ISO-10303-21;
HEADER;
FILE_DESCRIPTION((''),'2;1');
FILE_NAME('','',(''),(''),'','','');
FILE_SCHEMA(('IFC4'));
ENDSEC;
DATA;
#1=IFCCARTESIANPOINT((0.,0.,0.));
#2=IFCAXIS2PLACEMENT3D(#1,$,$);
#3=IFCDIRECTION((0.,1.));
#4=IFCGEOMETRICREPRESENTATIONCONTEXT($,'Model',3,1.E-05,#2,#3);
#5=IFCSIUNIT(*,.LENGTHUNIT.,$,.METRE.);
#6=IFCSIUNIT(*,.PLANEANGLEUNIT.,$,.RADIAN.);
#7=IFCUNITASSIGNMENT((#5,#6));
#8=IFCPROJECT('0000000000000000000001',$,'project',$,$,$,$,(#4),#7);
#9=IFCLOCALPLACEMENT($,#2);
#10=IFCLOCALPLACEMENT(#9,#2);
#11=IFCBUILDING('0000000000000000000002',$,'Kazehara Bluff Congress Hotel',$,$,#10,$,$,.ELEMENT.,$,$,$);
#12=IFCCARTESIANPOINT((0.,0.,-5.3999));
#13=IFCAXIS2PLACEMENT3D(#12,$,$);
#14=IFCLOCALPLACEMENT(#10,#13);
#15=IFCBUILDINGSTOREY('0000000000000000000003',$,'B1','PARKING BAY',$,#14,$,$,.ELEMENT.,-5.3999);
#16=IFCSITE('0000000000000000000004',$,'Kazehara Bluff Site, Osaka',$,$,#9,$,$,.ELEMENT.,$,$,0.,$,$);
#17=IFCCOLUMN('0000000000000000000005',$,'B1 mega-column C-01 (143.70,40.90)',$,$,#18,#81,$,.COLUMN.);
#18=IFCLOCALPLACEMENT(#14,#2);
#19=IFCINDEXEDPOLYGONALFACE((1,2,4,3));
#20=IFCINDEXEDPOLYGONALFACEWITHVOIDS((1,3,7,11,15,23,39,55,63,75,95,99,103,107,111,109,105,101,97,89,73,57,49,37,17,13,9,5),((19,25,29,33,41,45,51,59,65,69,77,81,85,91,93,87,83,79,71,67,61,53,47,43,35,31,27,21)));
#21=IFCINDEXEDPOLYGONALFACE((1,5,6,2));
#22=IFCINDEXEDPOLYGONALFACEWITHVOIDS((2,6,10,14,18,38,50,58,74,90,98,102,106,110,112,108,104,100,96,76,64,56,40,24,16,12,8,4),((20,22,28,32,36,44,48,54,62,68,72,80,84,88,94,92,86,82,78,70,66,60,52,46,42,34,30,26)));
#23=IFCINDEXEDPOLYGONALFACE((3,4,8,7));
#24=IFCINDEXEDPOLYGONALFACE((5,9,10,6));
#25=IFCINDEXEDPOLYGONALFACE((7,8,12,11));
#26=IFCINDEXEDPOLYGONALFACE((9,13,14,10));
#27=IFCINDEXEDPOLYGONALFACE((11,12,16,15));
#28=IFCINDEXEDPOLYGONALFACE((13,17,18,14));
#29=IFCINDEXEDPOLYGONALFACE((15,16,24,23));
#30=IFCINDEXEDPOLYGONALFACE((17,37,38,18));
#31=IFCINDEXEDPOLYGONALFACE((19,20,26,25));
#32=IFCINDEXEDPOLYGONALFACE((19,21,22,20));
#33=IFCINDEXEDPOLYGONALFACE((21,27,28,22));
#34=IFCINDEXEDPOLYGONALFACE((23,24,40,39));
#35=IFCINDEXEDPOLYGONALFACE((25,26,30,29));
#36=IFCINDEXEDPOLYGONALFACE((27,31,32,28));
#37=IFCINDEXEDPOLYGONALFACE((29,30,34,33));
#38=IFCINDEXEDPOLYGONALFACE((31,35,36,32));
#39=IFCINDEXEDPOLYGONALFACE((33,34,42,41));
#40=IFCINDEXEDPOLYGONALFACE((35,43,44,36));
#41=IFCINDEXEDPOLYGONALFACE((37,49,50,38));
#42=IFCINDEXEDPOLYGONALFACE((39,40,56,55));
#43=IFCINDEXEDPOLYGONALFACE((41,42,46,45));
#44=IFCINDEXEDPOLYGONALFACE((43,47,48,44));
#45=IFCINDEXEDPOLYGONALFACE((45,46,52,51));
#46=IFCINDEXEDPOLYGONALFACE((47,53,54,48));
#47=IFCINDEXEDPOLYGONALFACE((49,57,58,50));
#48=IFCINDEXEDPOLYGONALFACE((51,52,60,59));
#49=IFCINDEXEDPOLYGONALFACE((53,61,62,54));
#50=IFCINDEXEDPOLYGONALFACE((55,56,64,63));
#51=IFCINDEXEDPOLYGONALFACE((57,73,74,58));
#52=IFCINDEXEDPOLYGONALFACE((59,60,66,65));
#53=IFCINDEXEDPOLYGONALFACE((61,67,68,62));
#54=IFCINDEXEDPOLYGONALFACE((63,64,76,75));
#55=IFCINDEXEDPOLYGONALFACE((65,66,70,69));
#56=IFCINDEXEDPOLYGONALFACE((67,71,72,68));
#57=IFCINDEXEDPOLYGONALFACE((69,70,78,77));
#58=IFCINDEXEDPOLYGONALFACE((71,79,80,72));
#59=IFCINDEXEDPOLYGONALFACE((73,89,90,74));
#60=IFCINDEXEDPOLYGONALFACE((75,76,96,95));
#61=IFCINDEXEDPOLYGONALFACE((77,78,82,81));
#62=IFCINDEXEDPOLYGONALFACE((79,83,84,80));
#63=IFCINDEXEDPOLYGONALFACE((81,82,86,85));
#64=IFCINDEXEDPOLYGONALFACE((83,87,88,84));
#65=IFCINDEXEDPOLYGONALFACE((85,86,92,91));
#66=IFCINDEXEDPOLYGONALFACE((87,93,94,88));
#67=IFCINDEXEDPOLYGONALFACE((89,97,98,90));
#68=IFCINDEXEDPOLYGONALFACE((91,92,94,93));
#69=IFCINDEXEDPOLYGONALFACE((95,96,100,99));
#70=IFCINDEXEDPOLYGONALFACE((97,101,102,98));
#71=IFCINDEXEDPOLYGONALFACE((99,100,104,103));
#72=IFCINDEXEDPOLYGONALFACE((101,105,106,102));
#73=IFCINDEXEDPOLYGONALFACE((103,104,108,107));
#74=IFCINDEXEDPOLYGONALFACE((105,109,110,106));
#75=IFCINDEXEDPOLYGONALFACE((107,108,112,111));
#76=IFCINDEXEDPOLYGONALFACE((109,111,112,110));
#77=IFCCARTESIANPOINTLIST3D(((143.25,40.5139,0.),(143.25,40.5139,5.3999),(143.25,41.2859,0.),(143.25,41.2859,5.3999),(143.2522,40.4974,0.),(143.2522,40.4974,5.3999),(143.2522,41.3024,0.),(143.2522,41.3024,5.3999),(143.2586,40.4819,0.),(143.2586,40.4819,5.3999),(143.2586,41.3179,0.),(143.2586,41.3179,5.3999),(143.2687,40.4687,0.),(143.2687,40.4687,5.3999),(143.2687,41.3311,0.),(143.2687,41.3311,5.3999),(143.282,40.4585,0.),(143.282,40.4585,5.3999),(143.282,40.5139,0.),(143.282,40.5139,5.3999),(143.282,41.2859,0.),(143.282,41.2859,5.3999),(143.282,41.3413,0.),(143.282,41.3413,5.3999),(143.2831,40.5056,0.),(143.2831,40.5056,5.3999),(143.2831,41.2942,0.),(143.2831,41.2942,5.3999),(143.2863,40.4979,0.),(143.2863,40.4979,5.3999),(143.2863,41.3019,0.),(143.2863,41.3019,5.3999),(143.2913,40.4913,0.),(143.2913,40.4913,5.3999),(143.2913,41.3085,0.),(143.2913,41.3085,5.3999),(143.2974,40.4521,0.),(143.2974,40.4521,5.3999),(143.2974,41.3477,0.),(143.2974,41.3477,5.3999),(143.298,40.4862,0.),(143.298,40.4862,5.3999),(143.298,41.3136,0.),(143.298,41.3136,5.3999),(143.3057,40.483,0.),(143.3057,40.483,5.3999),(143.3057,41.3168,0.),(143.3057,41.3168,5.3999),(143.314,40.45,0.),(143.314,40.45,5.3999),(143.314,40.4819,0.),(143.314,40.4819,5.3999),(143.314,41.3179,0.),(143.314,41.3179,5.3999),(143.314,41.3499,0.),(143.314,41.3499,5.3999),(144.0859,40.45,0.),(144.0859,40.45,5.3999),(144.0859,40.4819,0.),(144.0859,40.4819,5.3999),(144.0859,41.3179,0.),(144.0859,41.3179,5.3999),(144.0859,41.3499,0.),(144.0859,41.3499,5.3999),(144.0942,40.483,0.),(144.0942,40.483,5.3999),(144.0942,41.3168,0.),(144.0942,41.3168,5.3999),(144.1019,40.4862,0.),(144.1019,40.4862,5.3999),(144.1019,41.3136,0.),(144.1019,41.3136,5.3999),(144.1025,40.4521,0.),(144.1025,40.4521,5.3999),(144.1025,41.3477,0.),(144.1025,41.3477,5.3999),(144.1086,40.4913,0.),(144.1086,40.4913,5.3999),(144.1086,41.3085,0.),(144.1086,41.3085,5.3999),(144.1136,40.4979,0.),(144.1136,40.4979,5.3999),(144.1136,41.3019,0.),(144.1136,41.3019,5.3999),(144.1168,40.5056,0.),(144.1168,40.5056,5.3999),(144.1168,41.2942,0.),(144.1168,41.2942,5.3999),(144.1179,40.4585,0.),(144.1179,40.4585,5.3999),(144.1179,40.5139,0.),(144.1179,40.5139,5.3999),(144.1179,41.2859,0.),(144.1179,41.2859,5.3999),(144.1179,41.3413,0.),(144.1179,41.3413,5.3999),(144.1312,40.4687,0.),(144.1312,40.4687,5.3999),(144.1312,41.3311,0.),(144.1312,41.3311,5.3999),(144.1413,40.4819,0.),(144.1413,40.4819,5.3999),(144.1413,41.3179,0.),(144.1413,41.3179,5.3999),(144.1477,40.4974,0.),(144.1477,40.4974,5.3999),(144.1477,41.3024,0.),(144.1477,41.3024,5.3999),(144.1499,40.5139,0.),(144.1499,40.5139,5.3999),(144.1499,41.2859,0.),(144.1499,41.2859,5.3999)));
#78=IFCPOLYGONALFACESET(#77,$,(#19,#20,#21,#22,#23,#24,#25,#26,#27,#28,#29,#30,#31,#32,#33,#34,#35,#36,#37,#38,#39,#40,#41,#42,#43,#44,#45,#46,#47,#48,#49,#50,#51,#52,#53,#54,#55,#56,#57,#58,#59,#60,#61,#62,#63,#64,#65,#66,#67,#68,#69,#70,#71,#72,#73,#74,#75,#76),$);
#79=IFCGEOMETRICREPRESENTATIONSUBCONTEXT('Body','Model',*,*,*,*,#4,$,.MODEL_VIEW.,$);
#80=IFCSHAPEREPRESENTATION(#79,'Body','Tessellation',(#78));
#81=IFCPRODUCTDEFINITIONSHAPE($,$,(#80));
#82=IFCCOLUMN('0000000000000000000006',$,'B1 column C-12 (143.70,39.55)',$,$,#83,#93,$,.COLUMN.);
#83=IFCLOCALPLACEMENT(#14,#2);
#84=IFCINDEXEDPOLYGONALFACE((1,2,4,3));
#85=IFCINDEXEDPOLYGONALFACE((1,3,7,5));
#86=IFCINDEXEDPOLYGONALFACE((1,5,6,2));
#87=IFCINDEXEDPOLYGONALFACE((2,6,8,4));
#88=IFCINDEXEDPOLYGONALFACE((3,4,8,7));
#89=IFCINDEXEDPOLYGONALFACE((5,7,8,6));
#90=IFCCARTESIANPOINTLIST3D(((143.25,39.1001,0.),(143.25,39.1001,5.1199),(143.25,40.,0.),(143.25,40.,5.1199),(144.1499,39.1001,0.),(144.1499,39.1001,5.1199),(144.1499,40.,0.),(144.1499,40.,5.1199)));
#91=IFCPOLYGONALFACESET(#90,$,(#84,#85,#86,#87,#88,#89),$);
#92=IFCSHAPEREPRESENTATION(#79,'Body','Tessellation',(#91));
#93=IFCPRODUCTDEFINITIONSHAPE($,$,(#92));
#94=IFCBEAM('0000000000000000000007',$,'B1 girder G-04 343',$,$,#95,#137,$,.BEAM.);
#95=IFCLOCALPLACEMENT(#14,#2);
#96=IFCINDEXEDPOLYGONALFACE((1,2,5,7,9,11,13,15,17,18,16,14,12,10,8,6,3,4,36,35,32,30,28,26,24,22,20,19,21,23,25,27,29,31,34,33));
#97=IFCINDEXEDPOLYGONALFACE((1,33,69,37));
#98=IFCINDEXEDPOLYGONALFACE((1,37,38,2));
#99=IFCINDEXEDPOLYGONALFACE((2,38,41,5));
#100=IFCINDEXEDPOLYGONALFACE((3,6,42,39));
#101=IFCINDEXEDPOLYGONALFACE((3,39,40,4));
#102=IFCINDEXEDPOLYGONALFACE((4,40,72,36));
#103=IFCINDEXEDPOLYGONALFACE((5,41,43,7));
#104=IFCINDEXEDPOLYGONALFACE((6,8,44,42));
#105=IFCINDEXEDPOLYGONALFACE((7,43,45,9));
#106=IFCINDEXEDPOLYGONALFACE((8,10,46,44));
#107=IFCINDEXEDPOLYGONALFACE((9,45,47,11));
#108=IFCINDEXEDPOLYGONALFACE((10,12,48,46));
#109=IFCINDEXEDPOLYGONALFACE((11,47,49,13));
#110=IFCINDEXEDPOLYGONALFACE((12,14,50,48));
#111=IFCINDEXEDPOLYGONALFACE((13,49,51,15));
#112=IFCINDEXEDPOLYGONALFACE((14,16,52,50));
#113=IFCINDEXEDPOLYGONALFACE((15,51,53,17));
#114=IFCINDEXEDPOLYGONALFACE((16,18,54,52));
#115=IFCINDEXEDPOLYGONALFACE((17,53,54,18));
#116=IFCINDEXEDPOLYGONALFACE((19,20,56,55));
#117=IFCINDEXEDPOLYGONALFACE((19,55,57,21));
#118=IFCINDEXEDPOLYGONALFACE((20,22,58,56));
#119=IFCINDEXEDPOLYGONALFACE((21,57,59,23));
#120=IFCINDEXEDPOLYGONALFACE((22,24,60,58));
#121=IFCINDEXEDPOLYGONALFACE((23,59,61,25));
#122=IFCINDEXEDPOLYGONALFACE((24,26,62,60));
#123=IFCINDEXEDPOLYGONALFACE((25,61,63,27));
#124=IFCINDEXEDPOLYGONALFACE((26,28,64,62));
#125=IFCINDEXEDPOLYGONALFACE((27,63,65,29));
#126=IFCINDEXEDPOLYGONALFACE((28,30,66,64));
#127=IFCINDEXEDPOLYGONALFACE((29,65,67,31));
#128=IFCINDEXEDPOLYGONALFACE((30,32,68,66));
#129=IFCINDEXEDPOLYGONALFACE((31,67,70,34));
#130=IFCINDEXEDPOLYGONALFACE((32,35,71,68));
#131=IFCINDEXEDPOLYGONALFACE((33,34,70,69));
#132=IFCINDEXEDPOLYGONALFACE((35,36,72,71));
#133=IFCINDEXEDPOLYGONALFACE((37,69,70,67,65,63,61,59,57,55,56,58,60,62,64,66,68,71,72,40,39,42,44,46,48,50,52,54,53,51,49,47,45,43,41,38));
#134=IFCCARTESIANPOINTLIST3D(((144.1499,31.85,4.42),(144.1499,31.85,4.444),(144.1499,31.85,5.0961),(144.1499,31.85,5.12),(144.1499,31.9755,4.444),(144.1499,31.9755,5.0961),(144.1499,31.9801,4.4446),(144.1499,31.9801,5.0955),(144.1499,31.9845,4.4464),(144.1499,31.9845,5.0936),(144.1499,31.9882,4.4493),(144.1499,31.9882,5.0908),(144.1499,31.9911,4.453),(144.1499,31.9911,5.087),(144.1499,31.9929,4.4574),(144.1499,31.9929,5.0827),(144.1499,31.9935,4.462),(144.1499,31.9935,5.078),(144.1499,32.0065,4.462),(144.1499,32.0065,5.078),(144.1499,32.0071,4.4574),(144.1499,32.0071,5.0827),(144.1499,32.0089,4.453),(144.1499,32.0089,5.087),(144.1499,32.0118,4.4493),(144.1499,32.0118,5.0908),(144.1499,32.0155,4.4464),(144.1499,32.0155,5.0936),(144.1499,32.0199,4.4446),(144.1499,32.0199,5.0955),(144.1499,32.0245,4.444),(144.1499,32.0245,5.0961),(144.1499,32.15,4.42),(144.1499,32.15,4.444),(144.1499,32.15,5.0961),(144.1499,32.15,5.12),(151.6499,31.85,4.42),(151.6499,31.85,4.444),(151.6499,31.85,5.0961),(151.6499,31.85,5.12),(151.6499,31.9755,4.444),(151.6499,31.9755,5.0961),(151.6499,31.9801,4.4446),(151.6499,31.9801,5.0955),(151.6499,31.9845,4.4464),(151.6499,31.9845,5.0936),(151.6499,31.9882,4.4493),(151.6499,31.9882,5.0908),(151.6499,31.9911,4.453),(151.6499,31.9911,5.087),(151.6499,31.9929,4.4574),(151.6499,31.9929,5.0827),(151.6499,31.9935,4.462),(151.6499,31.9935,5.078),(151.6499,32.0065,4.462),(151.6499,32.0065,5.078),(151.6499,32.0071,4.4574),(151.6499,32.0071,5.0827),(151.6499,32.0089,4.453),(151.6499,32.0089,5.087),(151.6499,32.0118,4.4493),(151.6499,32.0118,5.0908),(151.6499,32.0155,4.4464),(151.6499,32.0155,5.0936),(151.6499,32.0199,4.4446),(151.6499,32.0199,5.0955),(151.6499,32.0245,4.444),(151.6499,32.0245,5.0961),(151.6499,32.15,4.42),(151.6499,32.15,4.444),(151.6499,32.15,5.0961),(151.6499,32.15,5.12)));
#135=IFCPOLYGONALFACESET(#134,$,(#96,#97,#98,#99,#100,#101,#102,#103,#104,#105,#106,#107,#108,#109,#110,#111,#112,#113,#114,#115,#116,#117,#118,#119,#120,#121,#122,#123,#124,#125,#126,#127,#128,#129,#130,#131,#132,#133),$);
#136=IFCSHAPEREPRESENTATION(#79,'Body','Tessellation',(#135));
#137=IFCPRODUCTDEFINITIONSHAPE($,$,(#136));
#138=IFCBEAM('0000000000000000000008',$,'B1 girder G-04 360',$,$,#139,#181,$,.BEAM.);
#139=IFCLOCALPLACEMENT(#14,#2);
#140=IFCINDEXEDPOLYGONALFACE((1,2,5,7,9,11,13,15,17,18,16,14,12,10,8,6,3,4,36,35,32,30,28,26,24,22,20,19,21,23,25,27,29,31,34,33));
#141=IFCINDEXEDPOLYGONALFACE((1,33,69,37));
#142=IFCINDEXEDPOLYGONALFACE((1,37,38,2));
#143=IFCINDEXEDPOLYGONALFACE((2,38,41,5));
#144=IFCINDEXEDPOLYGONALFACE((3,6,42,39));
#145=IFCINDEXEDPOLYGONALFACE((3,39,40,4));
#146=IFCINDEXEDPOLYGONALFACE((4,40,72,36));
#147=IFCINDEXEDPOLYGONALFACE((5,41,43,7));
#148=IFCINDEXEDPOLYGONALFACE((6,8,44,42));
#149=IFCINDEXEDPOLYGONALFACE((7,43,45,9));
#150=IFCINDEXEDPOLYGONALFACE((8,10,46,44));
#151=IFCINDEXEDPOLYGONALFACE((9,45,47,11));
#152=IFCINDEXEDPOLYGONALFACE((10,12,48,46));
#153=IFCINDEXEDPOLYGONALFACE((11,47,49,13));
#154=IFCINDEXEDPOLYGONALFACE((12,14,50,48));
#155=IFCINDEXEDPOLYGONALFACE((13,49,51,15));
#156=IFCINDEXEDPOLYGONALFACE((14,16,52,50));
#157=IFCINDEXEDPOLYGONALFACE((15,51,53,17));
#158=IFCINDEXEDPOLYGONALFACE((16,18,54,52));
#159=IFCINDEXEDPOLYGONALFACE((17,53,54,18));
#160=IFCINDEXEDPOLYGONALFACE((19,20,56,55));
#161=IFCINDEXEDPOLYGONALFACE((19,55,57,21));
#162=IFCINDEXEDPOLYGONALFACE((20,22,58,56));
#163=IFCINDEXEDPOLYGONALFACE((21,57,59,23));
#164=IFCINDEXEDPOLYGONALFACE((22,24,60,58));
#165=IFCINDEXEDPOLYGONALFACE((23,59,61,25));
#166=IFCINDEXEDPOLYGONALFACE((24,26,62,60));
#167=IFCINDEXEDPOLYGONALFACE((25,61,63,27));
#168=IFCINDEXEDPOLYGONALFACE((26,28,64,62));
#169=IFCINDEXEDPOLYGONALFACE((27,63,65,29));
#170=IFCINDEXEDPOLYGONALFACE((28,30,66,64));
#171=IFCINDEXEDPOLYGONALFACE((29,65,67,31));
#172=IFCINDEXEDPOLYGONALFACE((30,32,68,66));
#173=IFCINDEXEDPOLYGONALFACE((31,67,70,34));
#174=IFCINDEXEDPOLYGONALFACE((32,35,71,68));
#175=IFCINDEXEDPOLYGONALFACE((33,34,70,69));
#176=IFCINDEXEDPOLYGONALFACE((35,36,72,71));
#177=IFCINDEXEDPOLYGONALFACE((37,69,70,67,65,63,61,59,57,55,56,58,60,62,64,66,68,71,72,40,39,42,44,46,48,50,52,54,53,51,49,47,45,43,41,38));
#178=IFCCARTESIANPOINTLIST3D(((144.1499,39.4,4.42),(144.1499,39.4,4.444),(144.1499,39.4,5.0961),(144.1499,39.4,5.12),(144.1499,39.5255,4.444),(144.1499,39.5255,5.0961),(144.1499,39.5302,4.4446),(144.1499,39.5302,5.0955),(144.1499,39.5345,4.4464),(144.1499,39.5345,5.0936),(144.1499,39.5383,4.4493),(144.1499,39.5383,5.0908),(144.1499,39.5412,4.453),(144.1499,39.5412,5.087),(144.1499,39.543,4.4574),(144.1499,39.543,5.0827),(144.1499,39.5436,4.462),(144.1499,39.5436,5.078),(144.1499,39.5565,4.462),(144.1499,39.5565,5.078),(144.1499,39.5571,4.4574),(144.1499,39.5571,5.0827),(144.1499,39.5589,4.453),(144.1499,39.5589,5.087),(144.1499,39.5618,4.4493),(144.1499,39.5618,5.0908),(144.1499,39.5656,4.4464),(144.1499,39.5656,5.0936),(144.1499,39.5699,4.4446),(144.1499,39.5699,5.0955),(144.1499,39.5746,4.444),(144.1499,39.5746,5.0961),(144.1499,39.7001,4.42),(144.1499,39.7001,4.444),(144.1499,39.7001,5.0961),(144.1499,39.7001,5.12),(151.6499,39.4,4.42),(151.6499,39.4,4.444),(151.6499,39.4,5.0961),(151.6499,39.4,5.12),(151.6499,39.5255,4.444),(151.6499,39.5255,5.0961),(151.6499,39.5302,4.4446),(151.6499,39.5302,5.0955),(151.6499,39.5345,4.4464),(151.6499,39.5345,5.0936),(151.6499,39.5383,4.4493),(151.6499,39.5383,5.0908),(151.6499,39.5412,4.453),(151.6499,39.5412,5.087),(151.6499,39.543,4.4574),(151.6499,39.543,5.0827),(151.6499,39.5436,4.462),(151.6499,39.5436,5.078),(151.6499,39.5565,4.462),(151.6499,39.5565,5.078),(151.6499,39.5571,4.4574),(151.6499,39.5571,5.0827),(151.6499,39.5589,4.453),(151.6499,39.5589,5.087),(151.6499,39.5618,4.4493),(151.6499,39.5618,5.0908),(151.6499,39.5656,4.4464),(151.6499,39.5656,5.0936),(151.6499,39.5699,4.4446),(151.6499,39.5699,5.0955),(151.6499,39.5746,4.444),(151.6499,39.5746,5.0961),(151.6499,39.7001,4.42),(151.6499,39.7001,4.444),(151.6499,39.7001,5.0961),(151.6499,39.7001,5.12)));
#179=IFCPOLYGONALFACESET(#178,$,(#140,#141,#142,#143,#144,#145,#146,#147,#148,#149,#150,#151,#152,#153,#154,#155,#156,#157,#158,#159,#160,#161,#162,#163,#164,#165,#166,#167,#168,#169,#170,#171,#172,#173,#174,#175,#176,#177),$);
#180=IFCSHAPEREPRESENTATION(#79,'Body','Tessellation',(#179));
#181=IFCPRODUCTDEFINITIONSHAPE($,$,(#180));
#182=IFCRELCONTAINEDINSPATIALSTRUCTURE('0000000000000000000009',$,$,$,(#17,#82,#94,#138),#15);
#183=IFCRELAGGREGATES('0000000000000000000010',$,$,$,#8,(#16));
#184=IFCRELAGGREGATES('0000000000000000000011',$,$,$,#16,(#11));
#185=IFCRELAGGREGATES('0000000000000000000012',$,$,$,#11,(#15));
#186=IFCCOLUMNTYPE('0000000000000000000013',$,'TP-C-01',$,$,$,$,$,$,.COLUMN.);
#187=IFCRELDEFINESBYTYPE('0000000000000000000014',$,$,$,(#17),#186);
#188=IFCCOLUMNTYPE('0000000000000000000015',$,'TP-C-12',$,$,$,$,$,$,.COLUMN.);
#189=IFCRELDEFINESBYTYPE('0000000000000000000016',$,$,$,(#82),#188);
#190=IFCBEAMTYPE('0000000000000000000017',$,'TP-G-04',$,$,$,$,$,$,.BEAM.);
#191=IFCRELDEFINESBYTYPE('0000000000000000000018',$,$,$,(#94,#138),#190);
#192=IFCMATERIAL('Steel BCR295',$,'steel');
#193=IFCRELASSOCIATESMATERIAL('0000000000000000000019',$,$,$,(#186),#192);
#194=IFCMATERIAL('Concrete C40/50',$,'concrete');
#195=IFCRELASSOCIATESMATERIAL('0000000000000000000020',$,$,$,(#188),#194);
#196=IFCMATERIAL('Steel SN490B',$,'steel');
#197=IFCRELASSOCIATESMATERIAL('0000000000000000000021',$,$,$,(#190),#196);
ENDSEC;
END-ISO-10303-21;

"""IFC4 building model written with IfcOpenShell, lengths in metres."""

from ifc_helpers import new_model, si_unit, direction, frame, origin, origin_2d, place, context, subcontext, project, spatial, rectangle, hollow_rectangle, i_section, extrude, material, material_profile, profile_set, type_object, element, save


model = new_model("IFC4")

# Units and contexts
model_context = context("Model", 3, precision=1e-05, world=origin(), true_north=direction((0.0, 1.0)))
body_context = subcontext(model_context, "Body", "Model", "MODEL_VIEW")
ifc_project = project(units=[si_unit("LENGTHUNIT", "METRE"), si_unit("PLANEANGLEUNIT", "RADIAN")], contexts=[model_context])

# Site, building, storey
site_placement = place(None, origin())
site = spatial("IfcSite", under=ifc_project, at=site_placement, Name="Kazehara Bluff Site, Osaka", CompositionType="ELEMENT", RefElevation=0.0)
building_placement = place(site_placement, origin())
building = spatial("IfcBuilding", under=site, at=building_placement, Name="Kazehara Bluff Congress Hotel", CompositionType="ELEMENT")
storey_placement = place(building_placement, frame((0.0, 0.0, -5.3999)))
storey = spatial("IfcBuildingStorey", under=building, at=storey_placement, Name="B1", Description="PARKING BAY", CompositionType="ELEMENT", Elevation=-5.3999)

# Columns
ifc_material_1 = material(Name="Steel BCR295", Category="steel")
ifc_material_profile_1 = material_profile(ifc_material_1, hollow_rectangle(XDim=0.8999, YDim=0.8999, WallThickness=0.032, InnerFilletRadius=0.032, OuterFilletRadius=0.064, at=origin_2d()))
ifc_profile_set_1 = profile_set([ifc_material_profile_1], Name="Steel BCR295")
column_type_1 = type_object("IfcColumnType", Name="TP-C-01", PredefinedType="COLUMN", material=ifc_profile_set_1)
for number, where, z_axis, x_axis, name in (
    (1, (143.7, 40.8999, 0.0), (0.0, 0.0, 1.0), (1.0, 0.0, 0.0), "B1 mega-column C-01 (143.70,40.90)"),
):
    element("IfcColumn", number, at=place(storey_placement, frame(where, z_axis=z_axis, x_axis=x_axis)), inside=storey, type_object=column_type_1, Name=name, PredefinedType="COLUMN", context=body_context, shape_type="SweptSolid", body=[
        extrude(hollow_rectangle(XDim=0.8999, YDim=0.8999, WallThickness=0.032, InnerFilletRadius=0.032, OuterFilletRadius=0.064, at=origin_2d()), origin(), (0.0, 0.0, 1.0), 5.3999),
    ])
ifc_material_2 = material(Name="Concrete C40/50", Category="concrete")
ifc_material_profile_2 = material_profile(ifc_material_2, rectangle(XDim=0.8999, YDim=0.8999, at=origin_2d()))
ifc_profile_set_2 = profile_set([ifc_material_profile_2], Name="Concrete C40/50")
column_type_2 = type_object("IfcColumnType", Name="TP-C-12", PredefinedType="COLUMN", material=ifc_profile_set_2)
column_placement = place(storey_placement, frame((143.7, 39.55, 0.0), z_axis=(0.0, 0.0, 1.0), x_axis=(1.0, 0.0, 0.0)))
element("IfcColumn", 2, at=column_placement, inside=storey, type_object=column_type_2, Name="B1 column C-12 (143.70,39.55)", PredefinedType="COLUMN", context=body_context, shape_type="SweptSolid", body=[
    extrude(rectangle(XDim=0.8999, YDim=0.8999, at=origin_2d()), origin(), (0.0, 0.0, 1.0), 5.1199),
])

# Beams
ifc_material_3 = material(Name="Steel SN490B", Category="steel")
ifc_material_profile_3 = material_profile(ifc_material_3, i_section(OverallWidth=0.3, OverallDepth=0.7, WebThickness=0.0129, FlangeThickness=0.0239, FilletRadius=0.0181, at=origin_2d()))
ifc_profile_set_3 = profile_set([ifc_material_profile_3], Name="Steel SN490B")
beam_type_1 = type_object("IfcBeamType", Name="TP-G-04", PredefinedType="BEAM", material=ifc_profile_set_3)
for number, where, z_axis, x_axis, name in (
    (3, (144.1499, 32.0, 4.77), (1.0, 0.0, 0.0), (0.0, 1.0, 0.0), "B1 girder G-04 343"),
    (4, (144.1499, 39.55, 4.77), (1.0, 0.0, 0.0), (0.0, 1.0, 0.0), "B1 girder G-04 360"),
):
    element("IfcBeam", number, at=place(storey_placement, frame(where, z_axis=z_axis, x_axis=x_axis)), inside=storey, type_object=beam_type_1, Name=name, PredefinedType="BEAM", context=body_context, shape_type="SweptSolid", body=[
        extrude(i_section(OverallWidth=0.3, OverallDepth=0.7, WebThickness=0.0129, FlangeThickness=0.0239, FilletRadius=0.0181, at=origin_2d()), origin(), (0.0, 0.0, 1.0), 7.5),
    ])

save(model, "model.ifc")
